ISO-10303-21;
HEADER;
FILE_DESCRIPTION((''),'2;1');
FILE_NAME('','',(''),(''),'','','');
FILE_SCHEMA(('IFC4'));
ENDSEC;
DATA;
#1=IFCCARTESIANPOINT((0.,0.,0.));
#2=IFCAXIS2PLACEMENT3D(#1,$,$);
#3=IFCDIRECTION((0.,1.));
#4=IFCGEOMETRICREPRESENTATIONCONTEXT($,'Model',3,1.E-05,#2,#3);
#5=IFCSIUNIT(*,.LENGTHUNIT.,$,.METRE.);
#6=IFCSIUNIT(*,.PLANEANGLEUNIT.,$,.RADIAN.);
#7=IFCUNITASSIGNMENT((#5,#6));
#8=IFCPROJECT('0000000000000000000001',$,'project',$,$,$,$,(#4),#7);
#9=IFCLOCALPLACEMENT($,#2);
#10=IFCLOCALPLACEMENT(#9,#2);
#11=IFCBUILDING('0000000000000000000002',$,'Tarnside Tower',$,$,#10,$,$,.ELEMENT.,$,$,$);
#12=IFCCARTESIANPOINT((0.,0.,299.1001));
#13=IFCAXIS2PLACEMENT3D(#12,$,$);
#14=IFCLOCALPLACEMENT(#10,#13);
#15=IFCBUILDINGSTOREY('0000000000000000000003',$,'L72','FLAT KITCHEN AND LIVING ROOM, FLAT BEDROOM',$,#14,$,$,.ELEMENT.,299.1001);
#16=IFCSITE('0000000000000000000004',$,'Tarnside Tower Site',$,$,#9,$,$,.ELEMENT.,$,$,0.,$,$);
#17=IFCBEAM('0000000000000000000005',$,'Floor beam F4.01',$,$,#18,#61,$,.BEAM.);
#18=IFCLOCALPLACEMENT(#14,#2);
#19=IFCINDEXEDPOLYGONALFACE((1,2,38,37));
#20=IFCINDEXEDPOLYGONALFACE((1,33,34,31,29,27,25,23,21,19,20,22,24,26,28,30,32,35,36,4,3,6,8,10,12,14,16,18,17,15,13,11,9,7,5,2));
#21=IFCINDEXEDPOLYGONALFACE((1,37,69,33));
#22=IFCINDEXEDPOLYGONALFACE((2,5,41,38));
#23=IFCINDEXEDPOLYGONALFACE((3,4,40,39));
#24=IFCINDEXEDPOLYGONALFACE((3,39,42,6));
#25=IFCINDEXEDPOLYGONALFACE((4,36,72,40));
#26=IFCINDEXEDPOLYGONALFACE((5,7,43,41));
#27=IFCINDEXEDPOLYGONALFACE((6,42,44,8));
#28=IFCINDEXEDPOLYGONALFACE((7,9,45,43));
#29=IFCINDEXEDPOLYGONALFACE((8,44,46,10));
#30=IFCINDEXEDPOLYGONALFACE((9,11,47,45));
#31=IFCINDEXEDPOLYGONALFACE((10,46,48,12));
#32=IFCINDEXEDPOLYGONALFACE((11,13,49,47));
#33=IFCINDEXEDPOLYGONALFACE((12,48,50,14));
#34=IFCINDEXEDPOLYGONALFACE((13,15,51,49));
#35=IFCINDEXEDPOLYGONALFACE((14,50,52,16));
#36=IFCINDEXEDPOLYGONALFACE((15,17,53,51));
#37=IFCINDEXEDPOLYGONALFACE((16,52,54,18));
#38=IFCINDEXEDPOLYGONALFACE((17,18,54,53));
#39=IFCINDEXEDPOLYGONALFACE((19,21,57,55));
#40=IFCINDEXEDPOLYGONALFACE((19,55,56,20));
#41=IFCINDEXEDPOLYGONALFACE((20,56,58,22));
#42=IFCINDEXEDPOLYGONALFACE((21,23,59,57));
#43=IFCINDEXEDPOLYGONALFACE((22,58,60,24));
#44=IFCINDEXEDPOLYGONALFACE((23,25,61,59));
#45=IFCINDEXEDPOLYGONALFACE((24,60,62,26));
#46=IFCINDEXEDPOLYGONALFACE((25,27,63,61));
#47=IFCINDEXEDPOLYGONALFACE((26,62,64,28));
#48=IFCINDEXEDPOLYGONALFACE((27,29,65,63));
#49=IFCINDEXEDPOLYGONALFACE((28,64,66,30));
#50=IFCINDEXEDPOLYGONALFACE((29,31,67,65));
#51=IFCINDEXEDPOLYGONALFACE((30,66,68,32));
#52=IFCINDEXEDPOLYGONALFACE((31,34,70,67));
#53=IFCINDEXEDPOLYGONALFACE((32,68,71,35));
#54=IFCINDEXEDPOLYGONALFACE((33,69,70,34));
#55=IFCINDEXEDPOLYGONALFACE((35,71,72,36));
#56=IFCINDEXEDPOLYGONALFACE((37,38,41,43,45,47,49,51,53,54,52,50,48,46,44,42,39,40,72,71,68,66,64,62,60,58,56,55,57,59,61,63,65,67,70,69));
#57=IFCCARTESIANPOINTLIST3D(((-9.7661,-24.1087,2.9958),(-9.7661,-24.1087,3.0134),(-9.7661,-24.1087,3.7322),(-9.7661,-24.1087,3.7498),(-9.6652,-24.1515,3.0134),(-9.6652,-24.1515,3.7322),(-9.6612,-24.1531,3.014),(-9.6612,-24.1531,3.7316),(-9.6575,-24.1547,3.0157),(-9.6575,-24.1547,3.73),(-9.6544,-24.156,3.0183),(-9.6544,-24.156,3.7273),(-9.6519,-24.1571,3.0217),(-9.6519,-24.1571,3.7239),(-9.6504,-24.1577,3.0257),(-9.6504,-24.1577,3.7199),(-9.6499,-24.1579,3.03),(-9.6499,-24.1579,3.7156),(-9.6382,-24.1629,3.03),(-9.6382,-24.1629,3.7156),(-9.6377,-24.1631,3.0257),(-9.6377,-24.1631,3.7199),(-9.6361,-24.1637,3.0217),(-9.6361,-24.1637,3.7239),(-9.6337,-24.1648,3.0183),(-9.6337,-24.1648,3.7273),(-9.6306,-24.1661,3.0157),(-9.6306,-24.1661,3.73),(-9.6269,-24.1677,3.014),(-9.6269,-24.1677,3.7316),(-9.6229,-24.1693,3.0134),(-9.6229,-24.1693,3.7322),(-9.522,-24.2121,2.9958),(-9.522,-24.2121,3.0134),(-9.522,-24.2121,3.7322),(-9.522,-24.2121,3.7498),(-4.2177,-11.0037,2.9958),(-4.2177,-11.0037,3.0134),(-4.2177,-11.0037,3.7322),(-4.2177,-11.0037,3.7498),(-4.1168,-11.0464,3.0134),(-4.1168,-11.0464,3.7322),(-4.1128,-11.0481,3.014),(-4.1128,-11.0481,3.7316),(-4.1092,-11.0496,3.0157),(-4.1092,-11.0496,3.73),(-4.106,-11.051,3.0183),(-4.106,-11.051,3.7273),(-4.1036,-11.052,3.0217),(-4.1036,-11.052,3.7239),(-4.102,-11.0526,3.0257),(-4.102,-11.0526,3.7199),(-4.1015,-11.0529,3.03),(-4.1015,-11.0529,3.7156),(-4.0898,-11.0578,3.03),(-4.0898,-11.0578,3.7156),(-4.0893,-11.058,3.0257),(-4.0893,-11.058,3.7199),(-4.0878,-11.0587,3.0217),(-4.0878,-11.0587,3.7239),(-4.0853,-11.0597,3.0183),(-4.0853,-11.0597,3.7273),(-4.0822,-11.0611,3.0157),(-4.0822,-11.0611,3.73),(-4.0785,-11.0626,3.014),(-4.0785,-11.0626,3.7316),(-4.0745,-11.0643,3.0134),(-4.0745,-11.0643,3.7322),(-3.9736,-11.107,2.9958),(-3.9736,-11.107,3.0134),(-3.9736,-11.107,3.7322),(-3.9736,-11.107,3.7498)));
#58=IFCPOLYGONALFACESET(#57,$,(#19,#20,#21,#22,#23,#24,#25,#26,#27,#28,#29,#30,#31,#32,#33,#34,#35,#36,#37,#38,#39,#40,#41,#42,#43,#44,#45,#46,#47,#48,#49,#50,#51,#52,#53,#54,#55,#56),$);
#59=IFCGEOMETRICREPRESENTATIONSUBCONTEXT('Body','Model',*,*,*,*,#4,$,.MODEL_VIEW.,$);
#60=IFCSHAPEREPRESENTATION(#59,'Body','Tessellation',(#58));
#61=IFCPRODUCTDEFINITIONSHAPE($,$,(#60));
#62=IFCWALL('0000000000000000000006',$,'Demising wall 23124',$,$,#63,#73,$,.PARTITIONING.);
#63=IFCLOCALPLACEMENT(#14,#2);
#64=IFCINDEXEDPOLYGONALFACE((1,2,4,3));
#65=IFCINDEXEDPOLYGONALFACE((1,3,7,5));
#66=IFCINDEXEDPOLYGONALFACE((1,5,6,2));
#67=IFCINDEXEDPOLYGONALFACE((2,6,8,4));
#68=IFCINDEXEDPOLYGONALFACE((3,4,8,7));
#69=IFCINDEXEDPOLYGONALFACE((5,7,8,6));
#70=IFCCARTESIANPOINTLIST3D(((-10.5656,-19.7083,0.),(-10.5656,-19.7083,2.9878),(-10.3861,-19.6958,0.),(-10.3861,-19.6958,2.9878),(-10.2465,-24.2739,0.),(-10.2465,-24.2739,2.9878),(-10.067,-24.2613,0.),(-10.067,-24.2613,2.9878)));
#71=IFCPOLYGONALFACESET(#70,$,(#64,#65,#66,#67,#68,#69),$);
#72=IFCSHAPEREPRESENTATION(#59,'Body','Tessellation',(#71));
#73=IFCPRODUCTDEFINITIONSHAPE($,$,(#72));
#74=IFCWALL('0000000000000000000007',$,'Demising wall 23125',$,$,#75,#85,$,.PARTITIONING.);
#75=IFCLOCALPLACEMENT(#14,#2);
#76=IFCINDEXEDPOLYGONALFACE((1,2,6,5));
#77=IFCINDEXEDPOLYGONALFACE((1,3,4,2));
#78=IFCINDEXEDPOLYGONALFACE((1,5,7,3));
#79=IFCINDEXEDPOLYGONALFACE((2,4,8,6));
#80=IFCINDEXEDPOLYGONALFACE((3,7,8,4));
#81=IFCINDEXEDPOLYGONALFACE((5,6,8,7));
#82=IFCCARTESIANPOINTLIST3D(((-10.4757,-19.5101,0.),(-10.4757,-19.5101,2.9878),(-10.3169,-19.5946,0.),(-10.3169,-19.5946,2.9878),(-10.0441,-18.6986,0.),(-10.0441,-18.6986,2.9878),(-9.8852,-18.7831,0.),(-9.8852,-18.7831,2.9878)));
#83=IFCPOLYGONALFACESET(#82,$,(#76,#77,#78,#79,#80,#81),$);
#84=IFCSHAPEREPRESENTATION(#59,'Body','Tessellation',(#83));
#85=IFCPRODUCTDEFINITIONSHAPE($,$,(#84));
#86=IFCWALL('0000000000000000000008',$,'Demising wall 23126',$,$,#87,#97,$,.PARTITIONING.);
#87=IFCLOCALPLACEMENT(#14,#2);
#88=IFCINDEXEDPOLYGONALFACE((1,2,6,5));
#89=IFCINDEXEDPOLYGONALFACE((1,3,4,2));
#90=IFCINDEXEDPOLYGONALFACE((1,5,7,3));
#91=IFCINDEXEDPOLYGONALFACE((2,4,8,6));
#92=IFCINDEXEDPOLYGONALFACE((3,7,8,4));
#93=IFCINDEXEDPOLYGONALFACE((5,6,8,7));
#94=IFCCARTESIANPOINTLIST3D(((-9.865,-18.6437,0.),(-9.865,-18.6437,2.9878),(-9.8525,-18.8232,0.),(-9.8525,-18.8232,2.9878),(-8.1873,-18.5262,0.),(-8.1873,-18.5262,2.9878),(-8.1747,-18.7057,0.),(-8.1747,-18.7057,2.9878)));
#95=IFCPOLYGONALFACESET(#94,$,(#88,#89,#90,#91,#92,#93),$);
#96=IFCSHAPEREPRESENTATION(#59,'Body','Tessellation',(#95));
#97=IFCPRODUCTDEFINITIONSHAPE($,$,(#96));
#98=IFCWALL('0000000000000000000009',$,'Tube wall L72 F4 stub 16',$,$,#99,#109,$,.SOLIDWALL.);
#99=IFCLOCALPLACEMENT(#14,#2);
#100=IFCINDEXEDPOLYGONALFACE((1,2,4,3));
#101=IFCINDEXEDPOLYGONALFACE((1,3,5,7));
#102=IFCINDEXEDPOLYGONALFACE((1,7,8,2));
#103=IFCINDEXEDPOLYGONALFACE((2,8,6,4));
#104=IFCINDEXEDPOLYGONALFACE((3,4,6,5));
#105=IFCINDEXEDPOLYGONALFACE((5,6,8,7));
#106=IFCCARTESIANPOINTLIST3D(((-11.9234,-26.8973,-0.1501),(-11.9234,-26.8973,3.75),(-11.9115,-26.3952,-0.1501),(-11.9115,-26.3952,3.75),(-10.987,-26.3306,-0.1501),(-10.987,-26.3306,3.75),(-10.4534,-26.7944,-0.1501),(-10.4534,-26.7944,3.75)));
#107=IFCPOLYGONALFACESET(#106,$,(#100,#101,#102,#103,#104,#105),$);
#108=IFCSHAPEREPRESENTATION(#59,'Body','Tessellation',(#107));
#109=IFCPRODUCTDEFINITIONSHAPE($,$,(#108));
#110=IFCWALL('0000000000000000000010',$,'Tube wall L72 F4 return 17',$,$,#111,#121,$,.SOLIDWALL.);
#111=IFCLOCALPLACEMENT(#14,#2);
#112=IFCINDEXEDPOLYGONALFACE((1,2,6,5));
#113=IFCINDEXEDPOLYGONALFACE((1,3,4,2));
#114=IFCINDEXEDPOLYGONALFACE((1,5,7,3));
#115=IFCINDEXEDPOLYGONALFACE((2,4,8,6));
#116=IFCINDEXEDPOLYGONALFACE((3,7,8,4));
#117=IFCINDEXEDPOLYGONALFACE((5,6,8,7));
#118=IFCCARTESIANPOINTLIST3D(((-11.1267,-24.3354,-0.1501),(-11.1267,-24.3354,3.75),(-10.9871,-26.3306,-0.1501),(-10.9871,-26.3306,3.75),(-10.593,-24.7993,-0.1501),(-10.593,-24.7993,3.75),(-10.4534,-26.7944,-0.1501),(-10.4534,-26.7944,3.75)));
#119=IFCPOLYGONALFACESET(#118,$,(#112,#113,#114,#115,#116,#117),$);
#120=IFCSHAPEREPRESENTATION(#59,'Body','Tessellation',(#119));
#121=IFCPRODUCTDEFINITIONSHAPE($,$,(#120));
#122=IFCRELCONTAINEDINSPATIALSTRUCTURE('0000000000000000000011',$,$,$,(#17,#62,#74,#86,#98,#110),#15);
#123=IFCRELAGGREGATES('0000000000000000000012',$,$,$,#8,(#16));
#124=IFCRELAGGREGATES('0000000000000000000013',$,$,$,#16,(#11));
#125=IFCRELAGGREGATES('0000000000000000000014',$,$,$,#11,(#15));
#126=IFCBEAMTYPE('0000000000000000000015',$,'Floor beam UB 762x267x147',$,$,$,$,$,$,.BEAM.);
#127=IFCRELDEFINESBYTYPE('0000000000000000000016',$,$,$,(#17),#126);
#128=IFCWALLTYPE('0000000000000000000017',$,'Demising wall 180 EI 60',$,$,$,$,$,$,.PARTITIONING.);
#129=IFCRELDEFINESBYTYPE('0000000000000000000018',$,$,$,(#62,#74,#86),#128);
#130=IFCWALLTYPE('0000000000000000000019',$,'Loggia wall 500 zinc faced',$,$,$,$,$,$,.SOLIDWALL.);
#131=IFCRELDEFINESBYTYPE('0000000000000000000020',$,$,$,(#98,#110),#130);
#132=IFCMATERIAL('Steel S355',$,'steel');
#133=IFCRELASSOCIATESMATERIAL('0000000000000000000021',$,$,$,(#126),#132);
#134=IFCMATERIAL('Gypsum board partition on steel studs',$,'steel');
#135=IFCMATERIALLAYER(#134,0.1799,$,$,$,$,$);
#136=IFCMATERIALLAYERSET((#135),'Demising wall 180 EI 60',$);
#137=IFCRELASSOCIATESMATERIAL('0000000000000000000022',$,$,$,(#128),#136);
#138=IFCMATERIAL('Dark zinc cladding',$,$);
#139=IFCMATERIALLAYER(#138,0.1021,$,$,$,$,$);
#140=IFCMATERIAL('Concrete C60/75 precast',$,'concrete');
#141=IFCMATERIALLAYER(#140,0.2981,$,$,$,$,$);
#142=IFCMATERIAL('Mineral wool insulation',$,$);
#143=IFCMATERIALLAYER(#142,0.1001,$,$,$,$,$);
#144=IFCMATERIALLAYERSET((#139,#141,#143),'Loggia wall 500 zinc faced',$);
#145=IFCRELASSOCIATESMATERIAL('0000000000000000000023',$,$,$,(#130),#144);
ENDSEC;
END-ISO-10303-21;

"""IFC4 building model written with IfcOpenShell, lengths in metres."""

from ifc_helpers import new_model, si_unit, direction, frame, frame_2d, origin, origin_2d, place, context, subcontext, project, spatial, polyline, rectangle, i_section, outline, extrude, material, layer, layer_set, material_profile, profile_set, type_object, element, save


model = new_model("IFC4")

# Units and contexts
model_context = context("Model", 3, precision=1e-05, world=origin(), true_north=direction((0.0, 1.0)))
body_context = subcontext(model_context, "Body", "Model", "MODEL_VIEW")
ifc_project = project(units=[si_unit("LENGTHUNIT", "METRE"), si_unit("PLANEANGLEUNIT", "RADIAN")], contexts=[model_context])

# Site, building, storey
site_placement = place(None, origin())
site = spatial("IfcSite", under=ifc_project, at=site_placement, Name="Tarnside Tower Site", CompositionType="ELEMENT", RefElevation=0.0)
building_placement = place(site_placement, origin())
building = spatial("IfcBuilding", under=site, at=building_placement, Name="Tarnside Tower", CompositionType="ELEMENT")
storey_placement = place(building_placement, frame((0.0, 0.0, 299.1001)))
storey = spatial("IfcBuildingStorey", under=building, at=storey_placement, Name="L72", Description="FLAT KITCHEN AND LIVING ROOM, FLAT BEDROOM", CompositionType="ELEMENT", Elevation=299.1001)

# Beam
ifc_material_1 = material(Name="Steel S355", Category="steel")
ifc_material_profile = material_profile(ifc_material_1, i_section(OverallWidth=0.2651, OverallDepth=0.7539, WebThickness=0.0127, FlangeThickness=0.0176, FilletRadius=0.0166, at=origin_2d()), Name="UB 762x267x147")
ifc_profile_set = profile_set([ifc_material_profile], Name="Steel S355")
beam_type = type_object("IfcBeamType", Name="Floor beam UB 762x267x147", PredefinedType="BEAM", material=ifc_profile_set)
beam_placement = place(storey_placement, frame((-9.644, -24.1604, 3.3728), z_axis=(0.389874, 0.920868, 0.0), x_axis=(-0.920868, 0.389874, 0.0)))
element("IfcBeam", 1, at=beam_placement, inside=storey, type_object=beam_type, Name="Floor beam F4.01", PredefinedType="BEAM", context=body_context, shape_type="SweptSolid", body=[
    extrude(i_section(OverallWidth=0.2651, OverallDepth=0.7539, WebThickness=0.0127, FlangeThickness=0.0176, FilletRadius=0.0166, at=origin_2d()), origin(), (0.0, 0.0, 1.0), 14.2312),
])

# Walls
ifc_material_2 = material(Name="Gypsum board partition on steel studs", Category="steel")
ifc_layer_1 = layer(ifc_material_2, 0.1799)
ifc_layer_set_1 = layer_set([ifc_layer_1], Name="Demising wall 180 EI 60")
wall_type_1 = type_object("IfcWallType", Name="Demising wall 180 EI 60", PredefinedType="PARTITIONING", material=ifc_layer_set_1)
wall_1_placement = place(storey_placement, frame((-10.1567, -24.2676, 0.0), z_axis=(0.0, 0.0, 1.0), x_axis=(-0.069723, 0.997566, 0.0)))
element("IfcWall", 2, at=wall_1_placement, inside=storey, type_object=wall_type_1, Name="Demising wall 23124", PredefinedType="PARTITIONING", context=body_context, shape_type="SweptSolid", body=[
    extrude(rectangle(XDim=4.5767, YDim=0.1799, at=frame_2d((2.2883, 0.0))), origin(), (0.0, 0.0, 1.0), 2.9878),
])
wall_2_placement = place(storey_placement, frame((-10.3962, -19.5522, 0.0), z_axis=(0.0, 0.0, 1.0), x_axis=(0.469595, 0.882882, 0.0)))
element("IfcWall", 3, at=wall_2_placement, inside=storey, type_object=wall_type_1, Name="Demising wall 23125", PredefinedType="PARTITIONING", context=body_context, shape_type="SweptSolid", body=[
    extrude(rectangle(XDim=0.9192, YDim=0.1799, at=frame_2d((0.4595, 0.0))), origin(), (0.0, 0.0, 1.0), 2.9878),
])
wall_3_placement = place(storey_placement, frame((-9.8586, -18.7334, 0.0), z_axis=(0.0, 0.0, 1.0), x_axis=(0.997559, 0.069823, 0.0)))
element("IfcWall", 4, at=wall_3_placement, inside=storey, type_object=wall_type_1, Name="Demising wall 23126", PredefinedType="PARTITIONING", context=body_context, shape_type="SweptSolid", body=[
    extrude(rectangle(XDim=1.6819, YDim=0.1799, at=frame_2d((0.8408, 0.0))), origin(), (0.0, 0.0, 1.0), 2.9878),
])
ifc_material_3 = material(Name="Dark zinc cladding")
ifc_layer_2 = layer(ifc_material_3, 0.1021)
ifc_material_4 = material(Name="Concrete C60/75 precast", Category="concrete")
ifc_layer_3 = layer(ifc_material_4, 0.2981)
ifc_material_5 = material(Name="Mineral wool insulation")
ifc_layer_4 = layer(ifc_material_5, 0.1001)
ifc_layer_set_2 = layer_set([ifc_layer_2, ifc_layer_3, ifc_layer_4], Name="Loggia wall 500 zinc faced")
wall_type_2 = type_object("IfcWallType", Name="Loggia wall 500 zinc faced", PredefinedType="SOLIDWALL", material=ifc_layer_set_2)
wall_4_placement = place(storey_placement, frame((-11.9175, -26.6462, -0.1501), z_axis=(0.0, 0.0, 1.0), x_axis=(0.997563, 0.069772, 0.0)))
element("IfcWall", 5, at=wall_4_placement, inside=storey, type_object=wall_type_2, Name="Tube wall L72 F4 stub 16", PredefinedType="SOLIDWALL", context=body_context, shape_type="SweptSolid", body=[
    extrude(outline(polyline([(-0.0234, -0.25), (1.4502, -0.25), (0.9502, 0.25), (0.0234, 0.25), (-0.0234, -0.25)])), origin(), (0.0, 0.0, 1.0), 3.9001),
])
wall_5_placement = place(storey_placement, frame((-10.7202, -26.5625, -0.1501), z_axis=(0.0, 0.0, 1.0), x_axis=(-0.069824, 0.997559, 0.0)))
element("IfcWall", 6, at=wall_5_placement, inside=storey, type_object=wall_type_2, Name="Tube wall L72 F4 return 17", PredefinedType="SOLIDWALL", context=body_context, shape_type="SweptSolid", body=[
    extrude(outline(polyline([(-0.25, -0.25), (1.75, -0.25), (2.25, 0.25), (0.25, 0.25), (-0.25, -0.25)])), origin(), (0.0, 0.0, 1.0), 3.9001),
])

save(model, "model.ifc")
